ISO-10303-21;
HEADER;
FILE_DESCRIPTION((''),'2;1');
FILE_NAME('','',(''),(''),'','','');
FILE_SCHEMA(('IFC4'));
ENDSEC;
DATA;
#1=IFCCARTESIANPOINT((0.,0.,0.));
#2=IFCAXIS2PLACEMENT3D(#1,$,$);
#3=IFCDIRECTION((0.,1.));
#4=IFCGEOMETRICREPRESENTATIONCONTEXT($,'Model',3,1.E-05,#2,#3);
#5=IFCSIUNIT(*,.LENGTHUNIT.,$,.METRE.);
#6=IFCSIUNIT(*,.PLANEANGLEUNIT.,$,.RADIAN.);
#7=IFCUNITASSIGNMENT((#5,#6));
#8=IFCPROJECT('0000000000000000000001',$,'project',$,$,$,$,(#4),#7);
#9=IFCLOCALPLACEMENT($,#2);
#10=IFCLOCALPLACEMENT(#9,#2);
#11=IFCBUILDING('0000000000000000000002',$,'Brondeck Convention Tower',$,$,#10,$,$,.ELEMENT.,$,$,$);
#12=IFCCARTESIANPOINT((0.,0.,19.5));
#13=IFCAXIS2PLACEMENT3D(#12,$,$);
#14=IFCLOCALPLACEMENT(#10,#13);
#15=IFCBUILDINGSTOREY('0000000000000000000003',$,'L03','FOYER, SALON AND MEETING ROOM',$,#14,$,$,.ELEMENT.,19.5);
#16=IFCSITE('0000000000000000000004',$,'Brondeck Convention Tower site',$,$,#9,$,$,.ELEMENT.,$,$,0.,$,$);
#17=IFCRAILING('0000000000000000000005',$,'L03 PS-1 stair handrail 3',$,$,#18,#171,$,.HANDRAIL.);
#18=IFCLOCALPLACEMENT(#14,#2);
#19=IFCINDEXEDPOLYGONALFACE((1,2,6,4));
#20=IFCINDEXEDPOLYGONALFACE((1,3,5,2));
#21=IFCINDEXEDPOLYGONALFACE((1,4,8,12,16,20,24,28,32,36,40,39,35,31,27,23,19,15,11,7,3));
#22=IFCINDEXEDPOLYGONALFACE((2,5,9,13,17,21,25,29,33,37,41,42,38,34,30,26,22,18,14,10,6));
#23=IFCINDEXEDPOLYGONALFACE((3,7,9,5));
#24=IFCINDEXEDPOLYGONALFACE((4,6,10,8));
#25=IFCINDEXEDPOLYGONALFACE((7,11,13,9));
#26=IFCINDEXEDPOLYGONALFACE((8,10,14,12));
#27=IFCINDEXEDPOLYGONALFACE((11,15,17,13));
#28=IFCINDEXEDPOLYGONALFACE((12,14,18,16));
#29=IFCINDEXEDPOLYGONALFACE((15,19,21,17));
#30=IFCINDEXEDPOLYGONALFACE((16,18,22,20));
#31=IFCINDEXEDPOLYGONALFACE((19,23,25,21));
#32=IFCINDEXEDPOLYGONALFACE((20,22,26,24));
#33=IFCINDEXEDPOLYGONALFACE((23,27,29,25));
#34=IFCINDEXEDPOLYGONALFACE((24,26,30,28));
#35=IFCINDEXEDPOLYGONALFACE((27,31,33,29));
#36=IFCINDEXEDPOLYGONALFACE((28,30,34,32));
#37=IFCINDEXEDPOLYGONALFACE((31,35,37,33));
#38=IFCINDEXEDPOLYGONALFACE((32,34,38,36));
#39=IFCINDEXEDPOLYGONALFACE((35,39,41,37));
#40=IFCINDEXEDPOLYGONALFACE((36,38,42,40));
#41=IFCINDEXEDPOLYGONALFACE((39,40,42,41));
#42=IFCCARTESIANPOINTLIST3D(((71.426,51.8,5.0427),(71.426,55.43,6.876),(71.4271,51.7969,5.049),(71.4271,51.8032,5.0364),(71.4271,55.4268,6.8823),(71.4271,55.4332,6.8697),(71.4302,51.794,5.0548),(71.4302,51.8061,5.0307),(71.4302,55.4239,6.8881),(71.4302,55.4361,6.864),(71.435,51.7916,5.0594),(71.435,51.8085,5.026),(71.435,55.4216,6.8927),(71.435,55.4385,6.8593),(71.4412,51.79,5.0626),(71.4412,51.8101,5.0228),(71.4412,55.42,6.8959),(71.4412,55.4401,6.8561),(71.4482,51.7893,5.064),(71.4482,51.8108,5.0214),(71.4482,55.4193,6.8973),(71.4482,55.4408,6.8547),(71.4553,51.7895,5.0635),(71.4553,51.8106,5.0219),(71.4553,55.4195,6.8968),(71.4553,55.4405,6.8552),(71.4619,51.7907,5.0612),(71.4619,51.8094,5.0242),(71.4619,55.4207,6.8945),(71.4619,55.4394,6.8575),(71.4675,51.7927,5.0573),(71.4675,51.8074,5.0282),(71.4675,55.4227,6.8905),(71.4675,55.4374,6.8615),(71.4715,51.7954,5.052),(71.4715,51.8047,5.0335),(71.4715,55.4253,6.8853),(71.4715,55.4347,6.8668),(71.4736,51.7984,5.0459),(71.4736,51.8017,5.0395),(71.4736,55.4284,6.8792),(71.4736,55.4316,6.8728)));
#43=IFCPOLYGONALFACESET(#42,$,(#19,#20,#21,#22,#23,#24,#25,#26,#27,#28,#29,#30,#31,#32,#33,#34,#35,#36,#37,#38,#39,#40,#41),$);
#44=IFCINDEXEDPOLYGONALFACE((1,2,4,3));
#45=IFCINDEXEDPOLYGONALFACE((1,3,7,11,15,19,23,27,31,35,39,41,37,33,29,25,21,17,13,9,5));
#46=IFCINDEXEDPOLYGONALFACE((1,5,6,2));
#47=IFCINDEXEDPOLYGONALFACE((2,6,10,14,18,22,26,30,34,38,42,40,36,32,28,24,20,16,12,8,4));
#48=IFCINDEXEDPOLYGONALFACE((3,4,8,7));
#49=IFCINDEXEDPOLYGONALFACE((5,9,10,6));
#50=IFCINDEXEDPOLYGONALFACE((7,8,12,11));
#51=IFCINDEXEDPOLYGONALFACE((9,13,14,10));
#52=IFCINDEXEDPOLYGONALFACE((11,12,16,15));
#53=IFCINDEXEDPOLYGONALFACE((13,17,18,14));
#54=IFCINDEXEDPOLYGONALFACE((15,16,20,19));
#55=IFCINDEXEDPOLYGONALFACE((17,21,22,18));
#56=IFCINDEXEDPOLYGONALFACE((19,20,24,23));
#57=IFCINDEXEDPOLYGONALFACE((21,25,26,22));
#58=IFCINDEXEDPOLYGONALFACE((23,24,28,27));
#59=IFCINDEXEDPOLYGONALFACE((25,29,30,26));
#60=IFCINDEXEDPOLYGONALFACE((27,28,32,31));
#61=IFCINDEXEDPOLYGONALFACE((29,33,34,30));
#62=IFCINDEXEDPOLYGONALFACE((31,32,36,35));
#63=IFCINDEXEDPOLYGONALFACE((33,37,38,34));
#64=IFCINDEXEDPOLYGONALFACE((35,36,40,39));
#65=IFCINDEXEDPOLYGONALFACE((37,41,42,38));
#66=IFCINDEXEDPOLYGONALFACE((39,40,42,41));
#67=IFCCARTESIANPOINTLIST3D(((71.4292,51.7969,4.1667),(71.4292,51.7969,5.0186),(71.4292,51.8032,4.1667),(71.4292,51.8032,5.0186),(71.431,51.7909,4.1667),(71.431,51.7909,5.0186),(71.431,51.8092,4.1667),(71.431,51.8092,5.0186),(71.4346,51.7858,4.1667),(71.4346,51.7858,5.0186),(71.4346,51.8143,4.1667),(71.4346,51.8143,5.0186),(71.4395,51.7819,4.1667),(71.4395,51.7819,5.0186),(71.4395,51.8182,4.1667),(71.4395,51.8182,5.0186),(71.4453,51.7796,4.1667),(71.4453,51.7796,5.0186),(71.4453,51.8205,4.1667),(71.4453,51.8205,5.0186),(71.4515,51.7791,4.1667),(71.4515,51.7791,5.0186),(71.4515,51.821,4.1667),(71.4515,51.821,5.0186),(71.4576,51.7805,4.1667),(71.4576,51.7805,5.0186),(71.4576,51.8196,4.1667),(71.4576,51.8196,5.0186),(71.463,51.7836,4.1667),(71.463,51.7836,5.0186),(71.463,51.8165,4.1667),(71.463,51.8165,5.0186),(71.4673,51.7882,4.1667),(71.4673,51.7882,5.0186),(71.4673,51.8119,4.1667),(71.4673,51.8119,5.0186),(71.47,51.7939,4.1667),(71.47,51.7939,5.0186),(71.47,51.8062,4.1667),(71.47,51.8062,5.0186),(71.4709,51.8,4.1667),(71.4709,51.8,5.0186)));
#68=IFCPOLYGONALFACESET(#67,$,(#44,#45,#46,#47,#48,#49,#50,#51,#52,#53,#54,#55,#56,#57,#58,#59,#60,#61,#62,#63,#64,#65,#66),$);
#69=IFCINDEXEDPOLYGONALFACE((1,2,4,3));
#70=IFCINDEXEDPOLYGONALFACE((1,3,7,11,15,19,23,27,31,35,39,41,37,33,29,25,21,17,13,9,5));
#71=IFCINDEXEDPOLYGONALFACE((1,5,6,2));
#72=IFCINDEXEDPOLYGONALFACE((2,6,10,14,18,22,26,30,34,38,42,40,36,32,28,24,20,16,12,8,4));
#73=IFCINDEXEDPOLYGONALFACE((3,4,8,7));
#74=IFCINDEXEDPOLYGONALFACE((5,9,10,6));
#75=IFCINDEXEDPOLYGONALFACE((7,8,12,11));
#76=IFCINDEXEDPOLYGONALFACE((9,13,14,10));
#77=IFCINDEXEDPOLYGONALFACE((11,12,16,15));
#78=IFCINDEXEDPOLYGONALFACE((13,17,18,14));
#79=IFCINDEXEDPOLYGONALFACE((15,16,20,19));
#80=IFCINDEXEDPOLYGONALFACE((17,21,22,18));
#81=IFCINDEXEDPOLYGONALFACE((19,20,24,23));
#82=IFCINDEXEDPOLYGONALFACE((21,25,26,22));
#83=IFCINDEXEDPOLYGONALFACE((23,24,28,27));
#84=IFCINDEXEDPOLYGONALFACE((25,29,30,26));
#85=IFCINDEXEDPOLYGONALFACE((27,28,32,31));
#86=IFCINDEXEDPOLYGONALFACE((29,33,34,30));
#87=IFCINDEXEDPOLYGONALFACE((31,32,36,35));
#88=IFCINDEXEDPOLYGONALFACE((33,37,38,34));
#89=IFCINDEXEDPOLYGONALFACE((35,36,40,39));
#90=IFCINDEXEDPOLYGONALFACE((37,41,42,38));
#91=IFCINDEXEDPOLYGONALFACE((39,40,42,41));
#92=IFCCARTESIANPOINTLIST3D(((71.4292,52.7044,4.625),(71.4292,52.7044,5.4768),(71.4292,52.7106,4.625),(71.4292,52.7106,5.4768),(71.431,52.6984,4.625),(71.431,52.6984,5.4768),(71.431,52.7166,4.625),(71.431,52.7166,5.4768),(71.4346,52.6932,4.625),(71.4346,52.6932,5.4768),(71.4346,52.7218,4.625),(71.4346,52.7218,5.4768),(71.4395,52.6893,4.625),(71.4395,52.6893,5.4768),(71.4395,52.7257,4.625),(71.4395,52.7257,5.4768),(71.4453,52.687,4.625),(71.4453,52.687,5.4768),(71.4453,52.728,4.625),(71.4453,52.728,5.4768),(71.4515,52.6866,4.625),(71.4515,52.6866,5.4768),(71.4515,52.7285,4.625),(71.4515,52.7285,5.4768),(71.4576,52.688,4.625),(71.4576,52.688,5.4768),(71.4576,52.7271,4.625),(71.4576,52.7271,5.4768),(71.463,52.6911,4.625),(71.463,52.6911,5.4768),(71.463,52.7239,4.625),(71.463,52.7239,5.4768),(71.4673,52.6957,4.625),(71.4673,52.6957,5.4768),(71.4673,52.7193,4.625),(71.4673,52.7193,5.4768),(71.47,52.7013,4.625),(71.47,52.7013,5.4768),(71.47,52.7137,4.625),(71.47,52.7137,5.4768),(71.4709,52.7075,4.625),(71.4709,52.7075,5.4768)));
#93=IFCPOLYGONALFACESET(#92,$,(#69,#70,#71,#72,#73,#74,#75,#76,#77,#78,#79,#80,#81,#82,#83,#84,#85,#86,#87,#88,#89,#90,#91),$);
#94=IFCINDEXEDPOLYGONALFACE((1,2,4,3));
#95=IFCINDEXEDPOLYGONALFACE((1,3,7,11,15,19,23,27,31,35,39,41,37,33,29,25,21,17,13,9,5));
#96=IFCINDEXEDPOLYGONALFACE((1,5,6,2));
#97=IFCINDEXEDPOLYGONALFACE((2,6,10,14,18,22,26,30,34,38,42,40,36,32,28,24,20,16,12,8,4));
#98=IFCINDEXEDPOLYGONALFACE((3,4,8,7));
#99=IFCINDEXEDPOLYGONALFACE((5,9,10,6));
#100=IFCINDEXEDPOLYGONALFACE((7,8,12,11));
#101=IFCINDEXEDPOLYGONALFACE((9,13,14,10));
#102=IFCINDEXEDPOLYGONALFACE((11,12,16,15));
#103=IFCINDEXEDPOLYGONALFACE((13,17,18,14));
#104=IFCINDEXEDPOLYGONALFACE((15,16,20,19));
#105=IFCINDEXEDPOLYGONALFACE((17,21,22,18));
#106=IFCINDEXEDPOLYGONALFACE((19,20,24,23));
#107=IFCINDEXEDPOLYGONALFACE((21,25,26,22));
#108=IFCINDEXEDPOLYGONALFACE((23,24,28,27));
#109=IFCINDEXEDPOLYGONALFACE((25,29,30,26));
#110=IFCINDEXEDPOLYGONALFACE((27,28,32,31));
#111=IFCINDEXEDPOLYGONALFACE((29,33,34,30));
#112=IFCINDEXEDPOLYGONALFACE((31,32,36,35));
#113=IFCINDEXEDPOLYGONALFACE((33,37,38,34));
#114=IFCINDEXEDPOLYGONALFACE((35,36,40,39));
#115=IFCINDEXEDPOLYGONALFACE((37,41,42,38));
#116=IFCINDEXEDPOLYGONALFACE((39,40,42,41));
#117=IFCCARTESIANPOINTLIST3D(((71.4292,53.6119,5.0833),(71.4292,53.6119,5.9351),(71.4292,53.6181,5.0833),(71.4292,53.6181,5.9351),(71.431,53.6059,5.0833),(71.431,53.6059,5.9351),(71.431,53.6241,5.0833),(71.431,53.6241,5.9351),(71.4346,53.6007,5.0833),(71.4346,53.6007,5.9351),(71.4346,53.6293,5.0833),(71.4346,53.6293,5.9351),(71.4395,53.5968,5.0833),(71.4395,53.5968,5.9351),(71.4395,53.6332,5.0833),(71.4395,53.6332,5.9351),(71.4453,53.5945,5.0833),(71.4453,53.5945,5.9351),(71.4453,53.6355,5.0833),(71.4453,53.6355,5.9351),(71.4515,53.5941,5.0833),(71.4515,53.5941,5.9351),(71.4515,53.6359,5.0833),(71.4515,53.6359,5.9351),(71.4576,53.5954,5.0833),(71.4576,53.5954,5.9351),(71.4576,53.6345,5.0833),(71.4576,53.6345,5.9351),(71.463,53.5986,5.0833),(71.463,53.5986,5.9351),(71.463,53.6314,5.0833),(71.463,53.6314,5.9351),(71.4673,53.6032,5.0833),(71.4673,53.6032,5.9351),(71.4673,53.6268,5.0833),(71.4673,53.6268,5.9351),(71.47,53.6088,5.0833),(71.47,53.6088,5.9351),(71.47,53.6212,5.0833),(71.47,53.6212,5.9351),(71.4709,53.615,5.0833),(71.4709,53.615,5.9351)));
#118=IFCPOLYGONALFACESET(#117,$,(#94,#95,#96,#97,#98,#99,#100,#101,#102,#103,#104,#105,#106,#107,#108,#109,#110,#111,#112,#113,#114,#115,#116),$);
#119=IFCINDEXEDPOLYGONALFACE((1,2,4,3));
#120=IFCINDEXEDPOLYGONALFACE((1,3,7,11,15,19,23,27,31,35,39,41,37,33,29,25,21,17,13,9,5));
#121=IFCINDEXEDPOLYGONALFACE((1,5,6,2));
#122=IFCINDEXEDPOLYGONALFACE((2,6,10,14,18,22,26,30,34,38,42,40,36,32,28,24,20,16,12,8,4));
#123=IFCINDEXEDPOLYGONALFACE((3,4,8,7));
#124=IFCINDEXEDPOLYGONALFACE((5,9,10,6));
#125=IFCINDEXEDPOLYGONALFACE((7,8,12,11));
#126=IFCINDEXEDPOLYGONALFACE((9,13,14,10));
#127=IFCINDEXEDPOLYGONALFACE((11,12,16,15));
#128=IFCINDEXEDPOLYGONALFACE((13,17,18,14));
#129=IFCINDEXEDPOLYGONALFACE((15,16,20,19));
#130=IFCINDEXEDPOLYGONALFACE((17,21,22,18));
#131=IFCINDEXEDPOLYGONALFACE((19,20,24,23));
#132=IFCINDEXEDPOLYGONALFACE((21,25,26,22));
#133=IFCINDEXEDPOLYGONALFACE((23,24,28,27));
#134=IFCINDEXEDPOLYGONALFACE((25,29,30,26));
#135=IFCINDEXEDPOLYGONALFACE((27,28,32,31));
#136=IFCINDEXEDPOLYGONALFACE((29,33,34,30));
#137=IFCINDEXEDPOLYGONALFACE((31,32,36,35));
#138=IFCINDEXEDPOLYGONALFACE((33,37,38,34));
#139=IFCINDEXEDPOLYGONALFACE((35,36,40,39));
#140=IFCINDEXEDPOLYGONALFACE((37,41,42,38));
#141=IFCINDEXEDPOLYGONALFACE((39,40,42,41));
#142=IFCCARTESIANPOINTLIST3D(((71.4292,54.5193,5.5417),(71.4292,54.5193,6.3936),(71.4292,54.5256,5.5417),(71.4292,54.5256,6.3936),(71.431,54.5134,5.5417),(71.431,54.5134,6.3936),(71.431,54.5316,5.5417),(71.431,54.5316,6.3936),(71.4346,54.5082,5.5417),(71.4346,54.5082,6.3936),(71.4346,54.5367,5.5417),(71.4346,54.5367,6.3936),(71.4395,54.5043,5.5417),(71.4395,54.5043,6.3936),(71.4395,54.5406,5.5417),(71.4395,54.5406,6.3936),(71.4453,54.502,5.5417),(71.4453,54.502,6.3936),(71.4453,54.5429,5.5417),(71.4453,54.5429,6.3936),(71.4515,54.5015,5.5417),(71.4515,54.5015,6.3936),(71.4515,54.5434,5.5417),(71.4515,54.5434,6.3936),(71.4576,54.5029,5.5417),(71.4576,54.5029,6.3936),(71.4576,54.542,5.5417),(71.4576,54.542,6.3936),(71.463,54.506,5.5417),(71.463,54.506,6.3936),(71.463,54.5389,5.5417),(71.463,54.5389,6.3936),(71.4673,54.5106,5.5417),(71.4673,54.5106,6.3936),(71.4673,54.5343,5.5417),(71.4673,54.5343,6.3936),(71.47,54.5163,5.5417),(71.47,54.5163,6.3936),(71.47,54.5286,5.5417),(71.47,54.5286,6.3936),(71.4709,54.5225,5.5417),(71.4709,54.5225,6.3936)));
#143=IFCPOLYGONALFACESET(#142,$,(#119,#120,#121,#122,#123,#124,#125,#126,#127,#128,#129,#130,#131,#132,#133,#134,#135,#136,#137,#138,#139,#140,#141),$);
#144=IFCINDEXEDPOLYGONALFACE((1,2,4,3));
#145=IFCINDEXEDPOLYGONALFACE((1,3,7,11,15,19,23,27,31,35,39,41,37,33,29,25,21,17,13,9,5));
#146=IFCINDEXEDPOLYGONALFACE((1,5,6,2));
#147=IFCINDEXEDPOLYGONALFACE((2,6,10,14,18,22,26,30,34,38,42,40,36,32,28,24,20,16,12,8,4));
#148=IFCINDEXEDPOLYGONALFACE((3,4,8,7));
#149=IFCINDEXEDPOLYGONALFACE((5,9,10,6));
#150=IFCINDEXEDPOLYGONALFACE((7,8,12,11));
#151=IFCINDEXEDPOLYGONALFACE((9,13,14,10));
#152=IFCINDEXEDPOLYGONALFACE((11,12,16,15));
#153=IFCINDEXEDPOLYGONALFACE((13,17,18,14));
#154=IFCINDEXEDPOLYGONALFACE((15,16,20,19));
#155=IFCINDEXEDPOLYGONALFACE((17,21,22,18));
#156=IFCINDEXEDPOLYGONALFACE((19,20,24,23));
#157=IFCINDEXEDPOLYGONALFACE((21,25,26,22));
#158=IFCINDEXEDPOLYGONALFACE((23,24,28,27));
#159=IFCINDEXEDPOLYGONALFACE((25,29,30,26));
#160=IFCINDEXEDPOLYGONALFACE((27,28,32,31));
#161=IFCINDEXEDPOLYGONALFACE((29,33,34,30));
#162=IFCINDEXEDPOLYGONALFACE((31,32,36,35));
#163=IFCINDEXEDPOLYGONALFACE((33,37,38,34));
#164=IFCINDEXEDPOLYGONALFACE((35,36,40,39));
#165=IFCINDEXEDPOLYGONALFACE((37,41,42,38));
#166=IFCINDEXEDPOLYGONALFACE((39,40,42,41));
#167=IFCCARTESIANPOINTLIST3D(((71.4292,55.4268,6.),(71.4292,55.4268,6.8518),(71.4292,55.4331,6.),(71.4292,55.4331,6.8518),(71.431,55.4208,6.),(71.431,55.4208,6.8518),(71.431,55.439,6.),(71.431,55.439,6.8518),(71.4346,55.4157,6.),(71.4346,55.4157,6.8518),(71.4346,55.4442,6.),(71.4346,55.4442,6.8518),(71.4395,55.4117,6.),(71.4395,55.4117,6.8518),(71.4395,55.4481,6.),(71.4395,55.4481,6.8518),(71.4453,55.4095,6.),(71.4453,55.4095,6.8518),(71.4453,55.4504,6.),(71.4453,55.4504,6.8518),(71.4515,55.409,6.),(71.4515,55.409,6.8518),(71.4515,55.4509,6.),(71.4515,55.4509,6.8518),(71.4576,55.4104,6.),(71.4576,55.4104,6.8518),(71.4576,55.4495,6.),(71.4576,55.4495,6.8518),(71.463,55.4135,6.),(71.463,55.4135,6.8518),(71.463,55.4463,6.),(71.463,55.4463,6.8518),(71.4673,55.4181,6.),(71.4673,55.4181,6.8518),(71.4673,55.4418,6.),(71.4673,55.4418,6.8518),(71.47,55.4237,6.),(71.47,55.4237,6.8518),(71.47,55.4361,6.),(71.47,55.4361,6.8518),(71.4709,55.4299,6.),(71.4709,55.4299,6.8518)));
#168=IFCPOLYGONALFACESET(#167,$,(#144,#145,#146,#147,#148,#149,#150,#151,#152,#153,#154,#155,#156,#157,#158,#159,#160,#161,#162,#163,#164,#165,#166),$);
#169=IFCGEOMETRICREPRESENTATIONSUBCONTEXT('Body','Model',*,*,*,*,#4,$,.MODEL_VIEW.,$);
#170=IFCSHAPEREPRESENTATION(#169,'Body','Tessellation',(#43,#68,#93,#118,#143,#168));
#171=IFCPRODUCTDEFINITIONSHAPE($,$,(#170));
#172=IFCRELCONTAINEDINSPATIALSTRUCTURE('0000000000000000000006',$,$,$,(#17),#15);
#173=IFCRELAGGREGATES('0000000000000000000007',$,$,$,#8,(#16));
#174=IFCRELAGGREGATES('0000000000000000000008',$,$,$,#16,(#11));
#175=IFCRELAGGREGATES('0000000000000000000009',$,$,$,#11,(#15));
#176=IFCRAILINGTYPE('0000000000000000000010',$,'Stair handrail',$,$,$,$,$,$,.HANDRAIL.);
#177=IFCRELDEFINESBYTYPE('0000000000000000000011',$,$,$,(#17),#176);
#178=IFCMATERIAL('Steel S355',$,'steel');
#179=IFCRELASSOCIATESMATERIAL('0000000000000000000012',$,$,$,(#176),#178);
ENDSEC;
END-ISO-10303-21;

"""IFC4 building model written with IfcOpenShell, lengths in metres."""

from ifc_helpers import new_model, si_unit, direction, frame, origin, origin_2d, place, context, subcontext, project, spatial, circle, extrude, material, type_object, element, save


model = new_model("IFC4")

# Units and contexts
model_context = context("Model", 3, precision=1e-05, world=origin(), true_north=direction((0.0, 1.0)))
body_context = subcontext(model_context, "Body", "Model", "MODEL_VIEW")
ifc_project = project(units=[si_unit("LENGTHUNIT", "METRE"), si_unit("PLANEANGLEUNIT", "RADIAN")], contexts=[model_context])

# Site, building, storey
site_placement = place(None, origin())
site = spatial("IfcSite", under=ifc_project, at=site_placement, Name="Brondeck Convention Tower site", CompositionType="ELEMENT", RefElevation=0.0)
building_placement = place(site_placement, origin())
building = spatial("IfcBuilding", under=site, at=building_placement, Name="Brondeck Convention Tower", CompositionType="ELEMENT")
storey_placement = place(building_placement, frame((0.0, 0.0, 19.5)))
storey = spatial("IfcBuildingStorey", under=building, at=storey_placement, Name="L03", Description="FOYER, SALON AND MEETING ROOM", CompositionType="ELEMENT", Elevation=19.5)

# Railing
ifc_material_1 = material(Name="Steel S355", Category="steel")
railing_type_1 = type_object("IfcRailingType", Name="Stair handrail", PredefinedType="HANDRAIL", material=ifc_material_1)
railing_1_placement = place(storey_placement, frame((71.45, 51.8, 4.1667)))
element("IfcRailing", 1, at=railing_1_placement, inside=storey, type_object=railing_type_1, Name="L03 PS-1 stair handrail 3", PredefinedType="HANDRAIL", context=body_context, shape_type="SweptSolid", body=[
    extrude(circle(Radius=0.0239, at=origin_2d()), frame((0.0, 0.0, 0.876), z_axis=(0.0, 0.892619, 0.450812), x_axis=(-1.0, 0.0, 0.0)), (0.0, 0.0, 1.0), 4.0667),
    extrude(circle(Radius=0.021, at=origin_2d()), origin(), (0.0, 0.0, 1.0), 0.8518),
    extrude(circle(Radius=0.021, at=origin_2d()), frame((0.0, 0.9075, 0.4583)), (0.0, 0.0, 1.0), 0.8518),
    extrude(circle(Radius=0.021, at=origin_2d()), frame((0.0, 1.8149, 0.9165)), (0.0, 0.0, 1.0), 0.8518),
    extrude(circle(Radius=0.021, at=origin_2d()), frame((0.0, 2.7224, 1.375)), (0.0, 0.0, 1.0), 0.8518),
    extrude(circle(Radius=0.021, at=origin_2d()), frame((0.0, 3.6299, 1.8333)), (0.0, 0.0, 1.0), 0.8518),
])

save(model, "model.ifc")
